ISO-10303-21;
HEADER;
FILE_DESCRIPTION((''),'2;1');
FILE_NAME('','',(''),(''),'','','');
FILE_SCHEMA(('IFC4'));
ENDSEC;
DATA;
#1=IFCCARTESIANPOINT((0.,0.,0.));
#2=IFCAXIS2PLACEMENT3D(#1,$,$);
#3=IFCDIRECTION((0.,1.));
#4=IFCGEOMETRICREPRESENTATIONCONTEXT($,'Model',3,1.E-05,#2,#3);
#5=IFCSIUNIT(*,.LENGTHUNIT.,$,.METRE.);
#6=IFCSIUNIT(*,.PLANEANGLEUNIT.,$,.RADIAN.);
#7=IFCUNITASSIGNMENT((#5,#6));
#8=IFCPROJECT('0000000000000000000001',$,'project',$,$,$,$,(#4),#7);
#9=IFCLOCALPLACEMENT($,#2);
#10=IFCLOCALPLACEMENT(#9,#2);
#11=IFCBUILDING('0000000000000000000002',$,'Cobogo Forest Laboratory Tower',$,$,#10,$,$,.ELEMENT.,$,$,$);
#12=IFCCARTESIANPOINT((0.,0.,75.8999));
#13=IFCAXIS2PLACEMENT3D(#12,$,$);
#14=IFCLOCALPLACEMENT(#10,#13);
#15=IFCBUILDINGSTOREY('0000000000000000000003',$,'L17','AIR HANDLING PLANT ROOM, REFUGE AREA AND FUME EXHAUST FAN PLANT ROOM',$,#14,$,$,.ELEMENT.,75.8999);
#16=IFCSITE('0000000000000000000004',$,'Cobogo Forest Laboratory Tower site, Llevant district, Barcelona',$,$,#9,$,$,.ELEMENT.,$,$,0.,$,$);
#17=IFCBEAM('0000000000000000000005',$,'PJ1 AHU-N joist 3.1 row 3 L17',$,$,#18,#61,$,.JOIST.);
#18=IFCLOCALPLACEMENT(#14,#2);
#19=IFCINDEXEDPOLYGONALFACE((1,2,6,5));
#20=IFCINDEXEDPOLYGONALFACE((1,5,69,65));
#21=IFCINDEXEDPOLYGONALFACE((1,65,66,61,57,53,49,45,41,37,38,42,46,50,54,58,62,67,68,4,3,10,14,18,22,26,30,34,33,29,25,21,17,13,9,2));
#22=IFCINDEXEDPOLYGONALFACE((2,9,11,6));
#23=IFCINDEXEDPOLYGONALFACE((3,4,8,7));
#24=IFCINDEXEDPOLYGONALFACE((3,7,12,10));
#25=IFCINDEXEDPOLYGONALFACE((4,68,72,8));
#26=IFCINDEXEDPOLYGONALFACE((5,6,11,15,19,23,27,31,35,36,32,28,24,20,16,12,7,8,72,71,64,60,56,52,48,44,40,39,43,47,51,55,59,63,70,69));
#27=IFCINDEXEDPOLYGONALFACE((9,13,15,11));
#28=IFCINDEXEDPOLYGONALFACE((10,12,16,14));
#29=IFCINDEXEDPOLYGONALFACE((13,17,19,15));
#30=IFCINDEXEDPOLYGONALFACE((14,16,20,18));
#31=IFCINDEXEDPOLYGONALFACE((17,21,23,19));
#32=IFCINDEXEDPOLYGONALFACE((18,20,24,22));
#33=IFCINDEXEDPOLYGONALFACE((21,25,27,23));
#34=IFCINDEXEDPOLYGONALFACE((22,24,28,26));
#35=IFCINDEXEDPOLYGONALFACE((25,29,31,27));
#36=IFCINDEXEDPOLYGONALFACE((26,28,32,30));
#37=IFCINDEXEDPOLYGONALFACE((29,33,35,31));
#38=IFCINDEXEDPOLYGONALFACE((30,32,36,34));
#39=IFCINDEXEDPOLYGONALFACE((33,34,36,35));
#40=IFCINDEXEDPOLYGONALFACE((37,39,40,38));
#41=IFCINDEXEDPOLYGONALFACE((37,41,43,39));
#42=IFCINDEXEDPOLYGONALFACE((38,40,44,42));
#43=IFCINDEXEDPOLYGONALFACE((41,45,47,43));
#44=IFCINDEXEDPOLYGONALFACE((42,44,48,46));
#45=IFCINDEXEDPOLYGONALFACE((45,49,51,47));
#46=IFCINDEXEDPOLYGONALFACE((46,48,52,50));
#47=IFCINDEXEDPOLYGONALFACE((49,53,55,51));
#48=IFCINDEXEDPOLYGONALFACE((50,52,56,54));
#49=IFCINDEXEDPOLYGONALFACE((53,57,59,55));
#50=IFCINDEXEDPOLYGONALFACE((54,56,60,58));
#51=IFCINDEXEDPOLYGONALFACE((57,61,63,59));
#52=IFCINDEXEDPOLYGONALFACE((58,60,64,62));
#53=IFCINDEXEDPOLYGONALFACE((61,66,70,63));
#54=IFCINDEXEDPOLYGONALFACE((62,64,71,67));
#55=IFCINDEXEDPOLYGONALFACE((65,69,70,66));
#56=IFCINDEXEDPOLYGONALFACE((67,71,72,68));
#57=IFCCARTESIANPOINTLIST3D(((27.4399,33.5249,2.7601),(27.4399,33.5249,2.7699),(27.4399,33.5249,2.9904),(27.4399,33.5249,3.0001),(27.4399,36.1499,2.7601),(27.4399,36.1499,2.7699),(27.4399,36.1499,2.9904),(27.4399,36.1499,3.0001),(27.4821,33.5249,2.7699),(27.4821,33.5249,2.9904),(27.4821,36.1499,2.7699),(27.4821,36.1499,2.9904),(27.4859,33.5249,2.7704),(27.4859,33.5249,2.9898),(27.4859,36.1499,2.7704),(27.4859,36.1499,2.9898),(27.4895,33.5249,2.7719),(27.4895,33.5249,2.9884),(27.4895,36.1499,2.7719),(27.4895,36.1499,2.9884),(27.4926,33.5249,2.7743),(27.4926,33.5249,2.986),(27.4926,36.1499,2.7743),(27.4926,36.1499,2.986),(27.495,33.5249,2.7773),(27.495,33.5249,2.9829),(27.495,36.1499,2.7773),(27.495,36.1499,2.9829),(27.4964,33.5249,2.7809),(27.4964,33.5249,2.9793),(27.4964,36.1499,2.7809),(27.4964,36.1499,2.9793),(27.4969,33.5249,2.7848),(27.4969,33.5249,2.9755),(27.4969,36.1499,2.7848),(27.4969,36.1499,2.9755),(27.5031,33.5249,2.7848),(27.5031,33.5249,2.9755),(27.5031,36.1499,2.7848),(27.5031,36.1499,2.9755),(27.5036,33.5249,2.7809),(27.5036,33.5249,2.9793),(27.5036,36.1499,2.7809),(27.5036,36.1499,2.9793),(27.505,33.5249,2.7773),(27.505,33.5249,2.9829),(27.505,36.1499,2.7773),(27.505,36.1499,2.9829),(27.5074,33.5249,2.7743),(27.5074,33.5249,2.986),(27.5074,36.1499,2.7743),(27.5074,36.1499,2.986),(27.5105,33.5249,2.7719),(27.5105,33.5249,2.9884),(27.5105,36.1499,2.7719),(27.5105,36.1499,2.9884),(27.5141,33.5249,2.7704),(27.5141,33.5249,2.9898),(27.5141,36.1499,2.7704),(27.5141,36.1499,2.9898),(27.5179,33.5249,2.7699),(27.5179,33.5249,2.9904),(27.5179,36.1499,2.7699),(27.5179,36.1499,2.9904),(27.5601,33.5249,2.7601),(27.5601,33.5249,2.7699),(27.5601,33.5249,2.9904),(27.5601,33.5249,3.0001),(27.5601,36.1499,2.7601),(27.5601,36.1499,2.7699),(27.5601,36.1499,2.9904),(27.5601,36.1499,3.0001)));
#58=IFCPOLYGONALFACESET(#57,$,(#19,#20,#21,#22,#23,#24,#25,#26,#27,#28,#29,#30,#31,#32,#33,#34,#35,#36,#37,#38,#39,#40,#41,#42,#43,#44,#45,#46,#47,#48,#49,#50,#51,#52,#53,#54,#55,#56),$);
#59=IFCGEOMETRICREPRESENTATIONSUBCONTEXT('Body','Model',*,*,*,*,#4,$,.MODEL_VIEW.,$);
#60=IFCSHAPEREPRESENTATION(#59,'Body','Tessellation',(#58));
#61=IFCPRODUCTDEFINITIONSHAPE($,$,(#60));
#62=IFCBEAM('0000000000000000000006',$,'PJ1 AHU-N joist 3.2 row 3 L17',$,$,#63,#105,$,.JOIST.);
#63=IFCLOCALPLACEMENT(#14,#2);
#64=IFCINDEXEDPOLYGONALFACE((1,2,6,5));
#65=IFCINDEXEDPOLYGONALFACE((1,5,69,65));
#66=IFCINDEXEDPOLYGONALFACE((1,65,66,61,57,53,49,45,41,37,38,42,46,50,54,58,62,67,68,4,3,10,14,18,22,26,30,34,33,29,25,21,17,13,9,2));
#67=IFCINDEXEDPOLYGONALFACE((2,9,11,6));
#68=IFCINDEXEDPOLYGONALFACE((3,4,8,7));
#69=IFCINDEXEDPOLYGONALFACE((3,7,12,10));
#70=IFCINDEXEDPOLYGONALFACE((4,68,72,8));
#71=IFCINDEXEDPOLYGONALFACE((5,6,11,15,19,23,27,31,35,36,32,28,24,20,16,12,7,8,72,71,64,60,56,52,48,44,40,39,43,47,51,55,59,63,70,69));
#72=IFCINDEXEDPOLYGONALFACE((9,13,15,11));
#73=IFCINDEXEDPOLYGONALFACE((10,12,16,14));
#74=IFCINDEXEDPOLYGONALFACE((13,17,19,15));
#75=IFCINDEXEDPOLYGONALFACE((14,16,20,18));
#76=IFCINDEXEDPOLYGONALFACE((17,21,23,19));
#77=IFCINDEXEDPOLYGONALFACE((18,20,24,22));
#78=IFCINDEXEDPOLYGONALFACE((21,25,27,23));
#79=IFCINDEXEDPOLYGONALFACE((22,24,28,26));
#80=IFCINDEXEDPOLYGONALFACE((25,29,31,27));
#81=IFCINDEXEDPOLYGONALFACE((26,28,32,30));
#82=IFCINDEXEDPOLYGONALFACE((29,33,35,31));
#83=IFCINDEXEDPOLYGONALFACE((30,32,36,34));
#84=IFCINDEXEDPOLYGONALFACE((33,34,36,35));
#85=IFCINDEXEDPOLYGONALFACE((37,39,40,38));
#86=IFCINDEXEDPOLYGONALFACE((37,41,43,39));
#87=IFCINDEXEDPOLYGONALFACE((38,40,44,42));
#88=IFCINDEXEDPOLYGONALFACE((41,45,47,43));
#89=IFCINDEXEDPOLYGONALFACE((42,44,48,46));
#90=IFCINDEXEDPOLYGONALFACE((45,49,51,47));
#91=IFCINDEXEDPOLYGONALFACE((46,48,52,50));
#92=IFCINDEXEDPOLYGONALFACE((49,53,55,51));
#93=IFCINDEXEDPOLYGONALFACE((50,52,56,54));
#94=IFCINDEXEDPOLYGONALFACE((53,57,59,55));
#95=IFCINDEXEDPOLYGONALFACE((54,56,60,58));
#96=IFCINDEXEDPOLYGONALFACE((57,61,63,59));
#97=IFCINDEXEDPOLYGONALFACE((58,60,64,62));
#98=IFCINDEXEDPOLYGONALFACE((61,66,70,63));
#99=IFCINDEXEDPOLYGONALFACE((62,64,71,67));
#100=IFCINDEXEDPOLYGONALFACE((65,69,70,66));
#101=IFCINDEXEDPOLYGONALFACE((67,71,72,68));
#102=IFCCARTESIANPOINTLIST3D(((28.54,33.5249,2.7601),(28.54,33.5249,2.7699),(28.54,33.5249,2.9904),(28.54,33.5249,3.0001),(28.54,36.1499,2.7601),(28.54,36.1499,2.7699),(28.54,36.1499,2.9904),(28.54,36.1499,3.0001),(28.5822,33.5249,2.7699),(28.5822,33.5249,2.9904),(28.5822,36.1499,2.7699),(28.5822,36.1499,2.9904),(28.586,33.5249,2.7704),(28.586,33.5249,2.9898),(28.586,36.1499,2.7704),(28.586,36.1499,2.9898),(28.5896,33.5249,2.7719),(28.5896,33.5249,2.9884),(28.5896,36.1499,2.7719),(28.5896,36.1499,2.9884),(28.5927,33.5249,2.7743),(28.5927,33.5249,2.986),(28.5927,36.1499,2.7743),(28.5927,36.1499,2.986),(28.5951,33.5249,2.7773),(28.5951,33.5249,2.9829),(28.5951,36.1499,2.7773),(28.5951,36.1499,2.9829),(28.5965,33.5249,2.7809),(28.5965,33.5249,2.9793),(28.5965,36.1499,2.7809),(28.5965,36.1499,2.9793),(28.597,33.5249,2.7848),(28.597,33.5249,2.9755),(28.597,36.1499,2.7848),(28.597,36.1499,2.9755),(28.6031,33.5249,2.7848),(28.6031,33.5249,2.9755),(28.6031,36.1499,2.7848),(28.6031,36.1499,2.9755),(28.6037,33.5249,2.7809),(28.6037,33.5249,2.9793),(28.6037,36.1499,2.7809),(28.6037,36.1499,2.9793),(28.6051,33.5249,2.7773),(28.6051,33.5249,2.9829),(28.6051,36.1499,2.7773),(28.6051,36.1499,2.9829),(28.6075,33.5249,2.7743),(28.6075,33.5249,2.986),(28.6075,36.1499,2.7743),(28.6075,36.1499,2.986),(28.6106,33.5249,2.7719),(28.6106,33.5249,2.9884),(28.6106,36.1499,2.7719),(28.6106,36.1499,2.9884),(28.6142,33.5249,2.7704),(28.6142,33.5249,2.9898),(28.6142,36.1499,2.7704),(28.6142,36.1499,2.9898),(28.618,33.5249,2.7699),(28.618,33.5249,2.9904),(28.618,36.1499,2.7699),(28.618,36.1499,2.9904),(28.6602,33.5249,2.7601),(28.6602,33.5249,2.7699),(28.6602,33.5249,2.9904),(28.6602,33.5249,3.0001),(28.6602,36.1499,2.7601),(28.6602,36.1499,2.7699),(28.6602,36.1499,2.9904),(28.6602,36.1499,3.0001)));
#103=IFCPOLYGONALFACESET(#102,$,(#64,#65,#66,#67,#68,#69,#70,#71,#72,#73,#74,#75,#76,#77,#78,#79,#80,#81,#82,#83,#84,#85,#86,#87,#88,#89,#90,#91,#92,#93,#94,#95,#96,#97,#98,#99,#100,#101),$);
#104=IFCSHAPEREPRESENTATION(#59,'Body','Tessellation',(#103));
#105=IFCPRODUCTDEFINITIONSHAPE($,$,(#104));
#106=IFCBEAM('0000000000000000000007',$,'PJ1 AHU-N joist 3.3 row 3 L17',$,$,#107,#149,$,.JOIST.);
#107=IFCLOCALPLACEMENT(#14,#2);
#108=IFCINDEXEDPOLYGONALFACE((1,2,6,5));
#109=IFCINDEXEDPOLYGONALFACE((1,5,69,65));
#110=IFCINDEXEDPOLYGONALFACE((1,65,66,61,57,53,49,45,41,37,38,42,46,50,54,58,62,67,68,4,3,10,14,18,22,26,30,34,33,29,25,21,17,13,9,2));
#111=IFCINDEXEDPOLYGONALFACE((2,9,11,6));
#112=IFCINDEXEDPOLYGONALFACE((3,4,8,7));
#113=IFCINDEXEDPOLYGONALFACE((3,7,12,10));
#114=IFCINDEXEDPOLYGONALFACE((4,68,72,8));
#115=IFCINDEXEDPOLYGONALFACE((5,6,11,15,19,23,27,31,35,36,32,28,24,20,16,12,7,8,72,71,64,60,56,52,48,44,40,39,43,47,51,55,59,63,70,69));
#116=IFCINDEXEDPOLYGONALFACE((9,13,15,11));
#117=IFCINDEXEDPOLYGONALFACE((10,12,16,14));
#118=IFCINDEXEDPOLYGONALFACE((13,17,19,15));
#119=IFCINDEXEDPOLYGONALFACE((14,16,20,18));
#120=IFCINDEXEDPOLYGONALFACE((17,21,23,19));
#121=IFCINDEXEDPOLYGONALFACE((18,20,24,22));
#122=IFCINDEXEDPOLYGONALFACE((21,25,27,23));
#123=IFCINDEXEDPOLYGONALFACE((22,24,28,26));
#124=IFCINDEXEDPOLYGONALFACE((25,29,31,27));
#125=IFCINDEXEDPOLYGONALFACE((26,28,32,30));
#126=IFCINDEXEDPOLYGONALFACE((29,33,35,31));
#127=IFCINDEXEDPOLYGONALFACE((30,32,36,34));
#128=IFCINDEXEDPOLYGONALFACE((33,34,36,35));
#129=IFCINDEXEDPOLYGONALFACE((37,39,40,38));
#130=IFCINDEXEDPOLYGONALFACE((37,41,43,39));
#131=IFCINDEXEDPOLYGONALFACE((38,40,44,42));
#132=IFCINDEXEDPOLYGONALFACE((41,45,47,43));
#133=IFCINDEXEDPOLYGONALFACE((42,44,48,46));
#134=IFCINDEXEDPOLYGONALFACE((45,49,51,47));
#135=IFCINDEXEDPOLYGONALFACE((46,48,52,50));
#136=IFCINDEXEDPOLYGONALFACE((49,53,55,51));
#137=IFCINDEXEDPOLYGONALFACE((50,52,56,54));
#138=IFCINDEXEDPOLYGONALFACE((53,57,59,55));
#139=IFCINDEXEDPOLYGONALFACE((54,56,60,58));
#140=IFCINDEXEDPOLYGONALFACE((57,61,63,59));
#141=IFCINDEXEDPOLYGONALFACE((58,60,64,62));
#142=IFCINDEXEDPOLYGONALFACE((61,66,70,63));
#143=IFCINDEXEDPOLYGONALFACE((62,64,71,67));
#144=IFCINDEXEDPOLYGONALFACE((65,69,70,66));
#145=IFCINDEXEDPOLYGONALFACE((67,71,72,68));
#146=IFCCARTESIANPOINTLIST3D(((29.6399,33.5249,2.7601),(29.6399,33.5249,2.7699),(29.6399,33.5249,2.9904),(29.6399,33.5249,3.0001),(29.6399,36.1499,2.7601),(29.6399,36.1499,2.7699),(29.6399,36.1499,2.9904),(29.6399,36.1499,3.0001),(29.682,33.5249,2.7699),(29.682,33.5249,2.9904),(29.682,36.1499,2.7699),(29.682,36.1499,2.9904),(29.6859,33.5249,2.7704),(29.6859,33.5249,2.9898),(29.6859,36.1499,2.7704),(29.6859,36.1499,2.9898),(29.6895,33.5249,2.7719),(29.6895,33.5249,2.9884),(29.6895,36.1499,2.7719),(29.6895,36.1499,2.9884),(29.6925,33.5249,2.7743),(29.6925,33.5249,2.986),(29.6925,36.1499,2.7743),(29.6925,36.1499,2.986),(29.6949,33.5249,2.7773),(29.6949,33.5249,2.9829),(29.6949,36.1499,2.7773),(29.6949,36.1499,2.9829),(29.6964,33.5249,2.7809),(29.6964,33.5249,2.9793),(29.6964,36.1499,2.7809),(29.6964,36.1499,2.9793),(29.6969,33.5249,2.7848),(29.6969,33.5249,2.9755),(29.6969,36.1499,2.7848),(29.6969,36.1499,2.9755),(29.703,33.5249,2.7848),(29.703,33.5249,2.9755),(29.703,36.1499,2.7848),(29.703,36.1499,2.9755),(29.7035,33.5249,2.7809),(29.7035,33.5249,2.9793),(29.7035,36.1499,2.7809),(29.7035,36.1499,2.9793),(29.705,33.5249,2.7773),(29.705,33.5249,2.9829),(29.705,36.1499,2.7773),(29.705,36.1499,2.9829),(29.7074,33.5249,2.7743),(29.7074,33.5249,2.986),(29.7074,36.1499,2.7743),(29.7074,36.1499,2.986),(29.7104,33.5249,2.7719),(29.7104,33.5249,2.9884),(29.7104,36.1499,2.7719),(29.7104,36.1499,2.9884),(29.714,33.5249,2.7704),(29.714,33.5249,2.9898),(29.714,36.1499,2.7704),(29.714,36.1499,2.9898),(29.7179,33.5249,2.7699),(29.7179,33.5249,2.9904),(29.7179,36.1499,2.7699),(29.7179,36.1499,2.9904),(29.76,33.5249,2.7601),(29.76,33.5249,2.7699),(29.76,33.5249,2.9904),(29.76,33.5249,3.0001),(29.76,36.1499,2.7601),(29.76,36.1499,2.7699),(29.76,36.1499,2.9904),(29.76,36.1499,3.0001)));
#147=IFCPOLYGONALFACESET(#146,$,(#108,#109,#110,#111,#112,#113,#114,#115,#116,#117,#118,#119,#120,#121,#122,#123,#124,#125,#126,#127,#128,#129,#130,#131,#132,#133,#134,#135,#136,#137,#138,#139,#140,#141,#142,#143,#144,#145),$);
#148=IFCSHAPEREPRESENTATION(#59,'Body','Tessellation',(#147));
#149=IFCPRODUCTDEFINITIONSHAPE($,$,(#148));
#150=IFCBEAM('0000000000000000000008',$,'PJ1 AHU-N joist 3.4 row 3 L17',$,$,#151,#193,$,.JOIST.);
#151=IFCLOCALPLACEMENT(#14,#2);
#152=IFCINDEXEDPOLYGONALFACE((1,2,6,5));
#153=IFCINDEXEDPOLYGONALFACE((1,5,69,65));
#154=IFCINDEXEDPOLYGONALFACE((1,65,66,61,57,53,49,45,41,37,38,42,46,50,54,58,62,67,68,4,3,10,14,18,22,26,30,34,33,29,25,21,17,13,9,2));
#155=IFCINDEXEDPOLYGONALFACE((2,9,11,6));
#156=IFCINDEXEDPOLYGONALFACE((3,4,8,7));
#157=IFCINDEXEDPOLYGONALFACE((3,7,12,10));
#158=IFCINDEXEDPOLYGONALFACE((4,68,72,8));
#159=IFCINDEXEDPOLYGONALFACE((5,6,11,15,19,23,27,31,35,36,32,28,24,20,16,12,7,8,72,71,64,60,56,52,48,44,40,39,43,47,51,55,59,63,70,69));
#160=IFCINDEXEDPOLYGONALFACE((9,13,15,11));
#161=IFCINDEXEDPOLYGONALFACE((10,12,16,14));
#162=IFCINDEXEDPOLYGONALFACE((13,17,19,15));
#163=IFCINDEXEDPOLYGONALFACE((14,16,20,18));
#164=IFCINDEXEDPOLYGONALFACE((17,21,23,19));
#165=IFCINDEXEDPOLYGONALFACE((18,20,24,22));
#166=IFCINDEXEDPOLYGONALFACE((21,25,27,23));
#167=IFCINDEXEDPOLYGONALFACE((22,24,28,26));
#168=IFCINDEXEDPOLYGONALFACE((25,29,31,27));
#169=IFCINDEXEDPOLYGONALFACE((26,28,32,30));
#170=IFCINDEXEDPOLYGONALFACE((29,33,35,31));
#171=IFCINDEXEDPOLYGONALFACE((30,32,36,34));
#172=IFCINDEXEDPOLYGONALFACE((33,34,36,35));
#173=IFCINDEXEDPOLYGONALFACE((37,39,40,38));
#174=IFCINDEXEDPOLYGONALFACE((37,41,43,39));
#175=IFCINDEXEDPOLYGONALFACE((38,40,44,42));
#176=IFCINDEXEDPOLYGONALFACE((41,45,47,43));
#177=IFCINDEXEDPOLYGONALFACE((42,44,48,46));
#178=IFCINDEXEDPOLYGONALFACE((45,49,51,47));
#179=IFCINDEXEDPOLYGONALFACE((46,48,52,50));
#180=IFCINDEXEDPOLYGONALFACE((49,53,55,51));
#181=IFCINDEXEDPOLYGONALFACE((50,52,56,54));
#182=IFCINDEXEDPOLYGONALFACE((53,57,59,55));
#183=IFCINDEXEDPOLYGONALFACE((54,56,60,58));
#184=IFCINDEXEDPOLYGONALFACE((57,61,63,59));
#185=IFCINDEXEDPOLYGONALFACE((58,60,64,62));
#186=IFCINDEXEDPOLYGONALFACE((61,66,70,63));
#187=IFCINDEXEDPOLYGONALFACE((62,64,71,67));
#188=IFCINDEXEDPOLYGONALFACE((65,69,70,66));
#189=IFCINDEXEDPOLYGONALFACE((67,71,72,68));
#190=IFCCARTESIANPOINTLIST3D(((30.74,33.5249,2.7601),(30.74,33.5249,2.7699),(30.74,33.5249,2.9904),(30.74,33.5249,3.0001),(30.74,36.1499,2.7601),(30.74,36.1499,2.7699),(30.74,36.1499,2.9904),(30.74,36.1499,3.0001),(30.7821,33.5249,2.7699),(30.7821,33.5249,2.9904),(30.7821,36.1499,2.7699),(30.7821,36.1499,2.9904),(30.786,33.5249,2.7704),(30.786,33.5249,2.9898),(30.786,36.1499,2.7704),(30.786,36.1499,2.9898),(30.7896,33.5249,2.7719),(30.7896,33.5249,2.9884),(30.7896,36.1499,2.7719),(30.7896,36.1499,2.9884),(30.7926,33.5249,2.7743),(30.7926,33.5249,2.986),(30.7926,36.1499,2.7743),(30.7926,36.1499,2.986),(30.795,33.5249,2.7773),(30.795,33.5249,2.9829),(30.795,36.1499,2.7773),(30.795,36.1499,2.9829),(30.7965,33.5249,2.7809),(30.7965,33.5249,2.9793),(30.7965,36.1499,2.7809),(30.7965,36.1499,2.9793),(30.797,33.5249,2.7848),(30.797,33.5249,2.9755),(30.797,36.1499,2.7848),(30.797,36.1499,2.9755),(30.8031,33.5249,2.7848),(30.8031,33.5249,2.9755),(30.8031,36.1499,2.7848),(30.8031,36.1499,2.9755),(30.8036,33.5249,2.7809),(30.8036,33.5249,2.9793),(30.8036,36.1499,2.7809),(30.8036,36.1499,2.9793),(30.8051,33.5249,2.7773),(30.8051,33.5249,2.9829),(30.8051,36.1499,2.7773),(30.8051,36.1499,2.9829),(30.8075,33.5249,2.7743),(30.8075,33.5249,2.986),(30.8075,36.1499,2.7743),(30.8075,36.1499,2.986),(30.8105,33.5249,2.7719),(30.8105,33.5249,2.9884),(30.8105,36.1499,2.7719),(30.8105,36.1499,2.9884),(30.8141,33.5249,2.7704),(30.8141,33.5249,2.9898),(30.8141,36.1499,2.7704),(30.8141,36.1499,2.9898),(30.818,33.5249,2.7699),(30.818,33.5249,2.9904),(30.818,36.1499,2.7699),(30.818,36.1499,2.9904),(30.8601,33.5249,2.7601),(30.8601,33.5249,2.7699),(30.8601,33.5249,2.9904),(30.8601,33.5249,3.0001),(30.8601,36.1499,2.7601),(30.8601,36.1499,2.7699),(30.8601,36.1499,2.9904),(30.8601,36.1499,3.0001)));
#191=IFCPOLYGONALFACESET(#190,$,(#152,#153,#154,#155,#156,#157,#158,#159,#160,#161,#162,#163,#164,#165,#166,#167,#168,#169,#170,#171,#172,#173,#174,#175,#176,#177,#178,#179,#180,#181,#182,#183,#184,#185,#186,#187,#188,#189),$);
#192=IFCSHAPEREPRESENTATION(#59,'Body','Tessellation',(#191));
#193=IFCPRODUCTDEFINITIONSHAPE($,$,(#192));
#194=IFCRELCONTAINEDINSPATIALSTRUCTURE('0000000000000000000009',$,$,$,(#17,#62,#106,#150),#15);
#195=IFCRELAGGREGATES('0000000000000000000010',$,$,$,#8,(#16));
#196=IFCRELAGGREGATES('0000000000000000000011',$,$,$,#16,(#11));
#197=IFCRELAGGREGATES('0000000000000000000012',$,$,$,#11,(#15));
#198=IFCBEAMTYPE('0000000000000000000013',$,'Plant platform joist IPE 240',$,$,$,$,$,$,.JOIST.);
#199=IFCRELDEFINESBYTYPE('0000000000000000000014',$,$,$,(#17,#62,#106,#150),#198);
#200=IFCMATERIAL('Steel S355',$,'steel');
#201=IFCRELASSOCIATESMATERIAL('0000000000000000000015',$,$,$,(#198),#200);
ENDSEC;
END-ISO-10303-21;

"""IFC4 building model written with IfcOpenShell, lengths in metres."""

from ifc_helpers import new_model, si_unit, direction, frame, origin, origin_2d, place, context, subcontext, project, spatial, i_section, extrude, material, material_profile, profile_set, type_object, element, save


model = new_model("IFC4")

# Units and contexts
model_context = context("Model", 3, precision=1e-05, world=origin(), true_north=direction((0.0, 1.0)))
body_context = subcontext(model_context, "Body", "Model", "MODEL_VIEW")
ifc_project = project(units=[si_unit("LENGTHUNIT", "METRE"), si_unit("PLANEANGLEUNIT", "RADIAN")], contexts=[model_context])

# Site, building, storey
site_placement = place(None, origin())
site = spatial("IfcSite", under=ifc_project, at=site_placement, Name="Cobogo Forest Laboratory Tower site, Llevant district, Barcelona", CompositionType="ELEMENT", RefElevation=0.0)
building_placement = place(site_placement, origin())
building = spatial("IfcBuilding", under=site, at=building_placement, Name="Cobogo Forest Laboratory Tower", CompositionType="ELEMENT")
storey_placement = place(building_placement, frame((0.0, 0.0, 75.8999)))
storey = spatial("IfcBuildingStorey", under=building, at=storey_placement, Name="L17", Description="AIR HANDLING PLANT ROOM, REFUGE AREA AND FUME EXHAUST FAN PLANT ROOM", CompositionType="ELEMENT", Elevation=75.8999)

# Shared definitions
ifc_material_1 = material(Name="Steel S355", Category="steel")

# Beams
ifc_material_profile_1 = material_profile(ifc_material_1, i_section(OverallWidth=0.1201, OverallDepth=0.24, WebThickness=0.0061, FlangeThickness=0.0098, FilletRadius=0.0149, at=origin_2d()), Name="IPE 240")
ifc_profile_set_1 = profile_set([ifc_material_profile_1], Name="Steel S355")
beam_type_1 = type_object("IfcBeamType", Name="Plant platform joist IPE 240", PredefinedType="JOIST", material=ifc_profile_set_1)
for number, where, z_axis, x_axis, name in (
    (1, (27.5, 36.1499, 2.8801), (0.0, -1.0, 0.0), (1.0, 0.0, 0.0), "PJ1 AHU-N joist 3.1 row 3 L17"),
    (2, (28.6001, 36.1499, 2.8801), (0.0, -1.0, 0.0), (1.0, 0.0, 0.0), "PJ1 AHU-N joist 3.2 row 3 L17"),
    (3, (29.7, 36.1499, 2.8801), (0.0, -1.0, 0.0), (1.0, 0.0, 0.0), "PJ1 AHU-N joist 3.3 row 3 L17"),
    (4, (30.8, 36.1499, 2.8801), (0.0, -1.0, 0.0), (1.0, 0.0, 0.0), "PJ1 AHU-N joist 3.4 row 3 L17"),
):
    element("IfcBeam", number, at=place(storey_placement, frame(where, z_axis=z_axis, x_axis=x_axis)), inside=storey, type_object=beam_type_1, Name=name, PredefinedType="JOIST", context=body_context, shape_type="SweptSolid", body=[
        extrude(i_section(OverallWidth=0.1201, OverallDepth=0.24, WebThickness=0.0061, FlangeThickness=0.0098, FilletRadius=0.0149, at=origin_2d()), origin(), (0.0, 0.0, 1.0), 2.625),
    ])

save(model, "model.ifc")
